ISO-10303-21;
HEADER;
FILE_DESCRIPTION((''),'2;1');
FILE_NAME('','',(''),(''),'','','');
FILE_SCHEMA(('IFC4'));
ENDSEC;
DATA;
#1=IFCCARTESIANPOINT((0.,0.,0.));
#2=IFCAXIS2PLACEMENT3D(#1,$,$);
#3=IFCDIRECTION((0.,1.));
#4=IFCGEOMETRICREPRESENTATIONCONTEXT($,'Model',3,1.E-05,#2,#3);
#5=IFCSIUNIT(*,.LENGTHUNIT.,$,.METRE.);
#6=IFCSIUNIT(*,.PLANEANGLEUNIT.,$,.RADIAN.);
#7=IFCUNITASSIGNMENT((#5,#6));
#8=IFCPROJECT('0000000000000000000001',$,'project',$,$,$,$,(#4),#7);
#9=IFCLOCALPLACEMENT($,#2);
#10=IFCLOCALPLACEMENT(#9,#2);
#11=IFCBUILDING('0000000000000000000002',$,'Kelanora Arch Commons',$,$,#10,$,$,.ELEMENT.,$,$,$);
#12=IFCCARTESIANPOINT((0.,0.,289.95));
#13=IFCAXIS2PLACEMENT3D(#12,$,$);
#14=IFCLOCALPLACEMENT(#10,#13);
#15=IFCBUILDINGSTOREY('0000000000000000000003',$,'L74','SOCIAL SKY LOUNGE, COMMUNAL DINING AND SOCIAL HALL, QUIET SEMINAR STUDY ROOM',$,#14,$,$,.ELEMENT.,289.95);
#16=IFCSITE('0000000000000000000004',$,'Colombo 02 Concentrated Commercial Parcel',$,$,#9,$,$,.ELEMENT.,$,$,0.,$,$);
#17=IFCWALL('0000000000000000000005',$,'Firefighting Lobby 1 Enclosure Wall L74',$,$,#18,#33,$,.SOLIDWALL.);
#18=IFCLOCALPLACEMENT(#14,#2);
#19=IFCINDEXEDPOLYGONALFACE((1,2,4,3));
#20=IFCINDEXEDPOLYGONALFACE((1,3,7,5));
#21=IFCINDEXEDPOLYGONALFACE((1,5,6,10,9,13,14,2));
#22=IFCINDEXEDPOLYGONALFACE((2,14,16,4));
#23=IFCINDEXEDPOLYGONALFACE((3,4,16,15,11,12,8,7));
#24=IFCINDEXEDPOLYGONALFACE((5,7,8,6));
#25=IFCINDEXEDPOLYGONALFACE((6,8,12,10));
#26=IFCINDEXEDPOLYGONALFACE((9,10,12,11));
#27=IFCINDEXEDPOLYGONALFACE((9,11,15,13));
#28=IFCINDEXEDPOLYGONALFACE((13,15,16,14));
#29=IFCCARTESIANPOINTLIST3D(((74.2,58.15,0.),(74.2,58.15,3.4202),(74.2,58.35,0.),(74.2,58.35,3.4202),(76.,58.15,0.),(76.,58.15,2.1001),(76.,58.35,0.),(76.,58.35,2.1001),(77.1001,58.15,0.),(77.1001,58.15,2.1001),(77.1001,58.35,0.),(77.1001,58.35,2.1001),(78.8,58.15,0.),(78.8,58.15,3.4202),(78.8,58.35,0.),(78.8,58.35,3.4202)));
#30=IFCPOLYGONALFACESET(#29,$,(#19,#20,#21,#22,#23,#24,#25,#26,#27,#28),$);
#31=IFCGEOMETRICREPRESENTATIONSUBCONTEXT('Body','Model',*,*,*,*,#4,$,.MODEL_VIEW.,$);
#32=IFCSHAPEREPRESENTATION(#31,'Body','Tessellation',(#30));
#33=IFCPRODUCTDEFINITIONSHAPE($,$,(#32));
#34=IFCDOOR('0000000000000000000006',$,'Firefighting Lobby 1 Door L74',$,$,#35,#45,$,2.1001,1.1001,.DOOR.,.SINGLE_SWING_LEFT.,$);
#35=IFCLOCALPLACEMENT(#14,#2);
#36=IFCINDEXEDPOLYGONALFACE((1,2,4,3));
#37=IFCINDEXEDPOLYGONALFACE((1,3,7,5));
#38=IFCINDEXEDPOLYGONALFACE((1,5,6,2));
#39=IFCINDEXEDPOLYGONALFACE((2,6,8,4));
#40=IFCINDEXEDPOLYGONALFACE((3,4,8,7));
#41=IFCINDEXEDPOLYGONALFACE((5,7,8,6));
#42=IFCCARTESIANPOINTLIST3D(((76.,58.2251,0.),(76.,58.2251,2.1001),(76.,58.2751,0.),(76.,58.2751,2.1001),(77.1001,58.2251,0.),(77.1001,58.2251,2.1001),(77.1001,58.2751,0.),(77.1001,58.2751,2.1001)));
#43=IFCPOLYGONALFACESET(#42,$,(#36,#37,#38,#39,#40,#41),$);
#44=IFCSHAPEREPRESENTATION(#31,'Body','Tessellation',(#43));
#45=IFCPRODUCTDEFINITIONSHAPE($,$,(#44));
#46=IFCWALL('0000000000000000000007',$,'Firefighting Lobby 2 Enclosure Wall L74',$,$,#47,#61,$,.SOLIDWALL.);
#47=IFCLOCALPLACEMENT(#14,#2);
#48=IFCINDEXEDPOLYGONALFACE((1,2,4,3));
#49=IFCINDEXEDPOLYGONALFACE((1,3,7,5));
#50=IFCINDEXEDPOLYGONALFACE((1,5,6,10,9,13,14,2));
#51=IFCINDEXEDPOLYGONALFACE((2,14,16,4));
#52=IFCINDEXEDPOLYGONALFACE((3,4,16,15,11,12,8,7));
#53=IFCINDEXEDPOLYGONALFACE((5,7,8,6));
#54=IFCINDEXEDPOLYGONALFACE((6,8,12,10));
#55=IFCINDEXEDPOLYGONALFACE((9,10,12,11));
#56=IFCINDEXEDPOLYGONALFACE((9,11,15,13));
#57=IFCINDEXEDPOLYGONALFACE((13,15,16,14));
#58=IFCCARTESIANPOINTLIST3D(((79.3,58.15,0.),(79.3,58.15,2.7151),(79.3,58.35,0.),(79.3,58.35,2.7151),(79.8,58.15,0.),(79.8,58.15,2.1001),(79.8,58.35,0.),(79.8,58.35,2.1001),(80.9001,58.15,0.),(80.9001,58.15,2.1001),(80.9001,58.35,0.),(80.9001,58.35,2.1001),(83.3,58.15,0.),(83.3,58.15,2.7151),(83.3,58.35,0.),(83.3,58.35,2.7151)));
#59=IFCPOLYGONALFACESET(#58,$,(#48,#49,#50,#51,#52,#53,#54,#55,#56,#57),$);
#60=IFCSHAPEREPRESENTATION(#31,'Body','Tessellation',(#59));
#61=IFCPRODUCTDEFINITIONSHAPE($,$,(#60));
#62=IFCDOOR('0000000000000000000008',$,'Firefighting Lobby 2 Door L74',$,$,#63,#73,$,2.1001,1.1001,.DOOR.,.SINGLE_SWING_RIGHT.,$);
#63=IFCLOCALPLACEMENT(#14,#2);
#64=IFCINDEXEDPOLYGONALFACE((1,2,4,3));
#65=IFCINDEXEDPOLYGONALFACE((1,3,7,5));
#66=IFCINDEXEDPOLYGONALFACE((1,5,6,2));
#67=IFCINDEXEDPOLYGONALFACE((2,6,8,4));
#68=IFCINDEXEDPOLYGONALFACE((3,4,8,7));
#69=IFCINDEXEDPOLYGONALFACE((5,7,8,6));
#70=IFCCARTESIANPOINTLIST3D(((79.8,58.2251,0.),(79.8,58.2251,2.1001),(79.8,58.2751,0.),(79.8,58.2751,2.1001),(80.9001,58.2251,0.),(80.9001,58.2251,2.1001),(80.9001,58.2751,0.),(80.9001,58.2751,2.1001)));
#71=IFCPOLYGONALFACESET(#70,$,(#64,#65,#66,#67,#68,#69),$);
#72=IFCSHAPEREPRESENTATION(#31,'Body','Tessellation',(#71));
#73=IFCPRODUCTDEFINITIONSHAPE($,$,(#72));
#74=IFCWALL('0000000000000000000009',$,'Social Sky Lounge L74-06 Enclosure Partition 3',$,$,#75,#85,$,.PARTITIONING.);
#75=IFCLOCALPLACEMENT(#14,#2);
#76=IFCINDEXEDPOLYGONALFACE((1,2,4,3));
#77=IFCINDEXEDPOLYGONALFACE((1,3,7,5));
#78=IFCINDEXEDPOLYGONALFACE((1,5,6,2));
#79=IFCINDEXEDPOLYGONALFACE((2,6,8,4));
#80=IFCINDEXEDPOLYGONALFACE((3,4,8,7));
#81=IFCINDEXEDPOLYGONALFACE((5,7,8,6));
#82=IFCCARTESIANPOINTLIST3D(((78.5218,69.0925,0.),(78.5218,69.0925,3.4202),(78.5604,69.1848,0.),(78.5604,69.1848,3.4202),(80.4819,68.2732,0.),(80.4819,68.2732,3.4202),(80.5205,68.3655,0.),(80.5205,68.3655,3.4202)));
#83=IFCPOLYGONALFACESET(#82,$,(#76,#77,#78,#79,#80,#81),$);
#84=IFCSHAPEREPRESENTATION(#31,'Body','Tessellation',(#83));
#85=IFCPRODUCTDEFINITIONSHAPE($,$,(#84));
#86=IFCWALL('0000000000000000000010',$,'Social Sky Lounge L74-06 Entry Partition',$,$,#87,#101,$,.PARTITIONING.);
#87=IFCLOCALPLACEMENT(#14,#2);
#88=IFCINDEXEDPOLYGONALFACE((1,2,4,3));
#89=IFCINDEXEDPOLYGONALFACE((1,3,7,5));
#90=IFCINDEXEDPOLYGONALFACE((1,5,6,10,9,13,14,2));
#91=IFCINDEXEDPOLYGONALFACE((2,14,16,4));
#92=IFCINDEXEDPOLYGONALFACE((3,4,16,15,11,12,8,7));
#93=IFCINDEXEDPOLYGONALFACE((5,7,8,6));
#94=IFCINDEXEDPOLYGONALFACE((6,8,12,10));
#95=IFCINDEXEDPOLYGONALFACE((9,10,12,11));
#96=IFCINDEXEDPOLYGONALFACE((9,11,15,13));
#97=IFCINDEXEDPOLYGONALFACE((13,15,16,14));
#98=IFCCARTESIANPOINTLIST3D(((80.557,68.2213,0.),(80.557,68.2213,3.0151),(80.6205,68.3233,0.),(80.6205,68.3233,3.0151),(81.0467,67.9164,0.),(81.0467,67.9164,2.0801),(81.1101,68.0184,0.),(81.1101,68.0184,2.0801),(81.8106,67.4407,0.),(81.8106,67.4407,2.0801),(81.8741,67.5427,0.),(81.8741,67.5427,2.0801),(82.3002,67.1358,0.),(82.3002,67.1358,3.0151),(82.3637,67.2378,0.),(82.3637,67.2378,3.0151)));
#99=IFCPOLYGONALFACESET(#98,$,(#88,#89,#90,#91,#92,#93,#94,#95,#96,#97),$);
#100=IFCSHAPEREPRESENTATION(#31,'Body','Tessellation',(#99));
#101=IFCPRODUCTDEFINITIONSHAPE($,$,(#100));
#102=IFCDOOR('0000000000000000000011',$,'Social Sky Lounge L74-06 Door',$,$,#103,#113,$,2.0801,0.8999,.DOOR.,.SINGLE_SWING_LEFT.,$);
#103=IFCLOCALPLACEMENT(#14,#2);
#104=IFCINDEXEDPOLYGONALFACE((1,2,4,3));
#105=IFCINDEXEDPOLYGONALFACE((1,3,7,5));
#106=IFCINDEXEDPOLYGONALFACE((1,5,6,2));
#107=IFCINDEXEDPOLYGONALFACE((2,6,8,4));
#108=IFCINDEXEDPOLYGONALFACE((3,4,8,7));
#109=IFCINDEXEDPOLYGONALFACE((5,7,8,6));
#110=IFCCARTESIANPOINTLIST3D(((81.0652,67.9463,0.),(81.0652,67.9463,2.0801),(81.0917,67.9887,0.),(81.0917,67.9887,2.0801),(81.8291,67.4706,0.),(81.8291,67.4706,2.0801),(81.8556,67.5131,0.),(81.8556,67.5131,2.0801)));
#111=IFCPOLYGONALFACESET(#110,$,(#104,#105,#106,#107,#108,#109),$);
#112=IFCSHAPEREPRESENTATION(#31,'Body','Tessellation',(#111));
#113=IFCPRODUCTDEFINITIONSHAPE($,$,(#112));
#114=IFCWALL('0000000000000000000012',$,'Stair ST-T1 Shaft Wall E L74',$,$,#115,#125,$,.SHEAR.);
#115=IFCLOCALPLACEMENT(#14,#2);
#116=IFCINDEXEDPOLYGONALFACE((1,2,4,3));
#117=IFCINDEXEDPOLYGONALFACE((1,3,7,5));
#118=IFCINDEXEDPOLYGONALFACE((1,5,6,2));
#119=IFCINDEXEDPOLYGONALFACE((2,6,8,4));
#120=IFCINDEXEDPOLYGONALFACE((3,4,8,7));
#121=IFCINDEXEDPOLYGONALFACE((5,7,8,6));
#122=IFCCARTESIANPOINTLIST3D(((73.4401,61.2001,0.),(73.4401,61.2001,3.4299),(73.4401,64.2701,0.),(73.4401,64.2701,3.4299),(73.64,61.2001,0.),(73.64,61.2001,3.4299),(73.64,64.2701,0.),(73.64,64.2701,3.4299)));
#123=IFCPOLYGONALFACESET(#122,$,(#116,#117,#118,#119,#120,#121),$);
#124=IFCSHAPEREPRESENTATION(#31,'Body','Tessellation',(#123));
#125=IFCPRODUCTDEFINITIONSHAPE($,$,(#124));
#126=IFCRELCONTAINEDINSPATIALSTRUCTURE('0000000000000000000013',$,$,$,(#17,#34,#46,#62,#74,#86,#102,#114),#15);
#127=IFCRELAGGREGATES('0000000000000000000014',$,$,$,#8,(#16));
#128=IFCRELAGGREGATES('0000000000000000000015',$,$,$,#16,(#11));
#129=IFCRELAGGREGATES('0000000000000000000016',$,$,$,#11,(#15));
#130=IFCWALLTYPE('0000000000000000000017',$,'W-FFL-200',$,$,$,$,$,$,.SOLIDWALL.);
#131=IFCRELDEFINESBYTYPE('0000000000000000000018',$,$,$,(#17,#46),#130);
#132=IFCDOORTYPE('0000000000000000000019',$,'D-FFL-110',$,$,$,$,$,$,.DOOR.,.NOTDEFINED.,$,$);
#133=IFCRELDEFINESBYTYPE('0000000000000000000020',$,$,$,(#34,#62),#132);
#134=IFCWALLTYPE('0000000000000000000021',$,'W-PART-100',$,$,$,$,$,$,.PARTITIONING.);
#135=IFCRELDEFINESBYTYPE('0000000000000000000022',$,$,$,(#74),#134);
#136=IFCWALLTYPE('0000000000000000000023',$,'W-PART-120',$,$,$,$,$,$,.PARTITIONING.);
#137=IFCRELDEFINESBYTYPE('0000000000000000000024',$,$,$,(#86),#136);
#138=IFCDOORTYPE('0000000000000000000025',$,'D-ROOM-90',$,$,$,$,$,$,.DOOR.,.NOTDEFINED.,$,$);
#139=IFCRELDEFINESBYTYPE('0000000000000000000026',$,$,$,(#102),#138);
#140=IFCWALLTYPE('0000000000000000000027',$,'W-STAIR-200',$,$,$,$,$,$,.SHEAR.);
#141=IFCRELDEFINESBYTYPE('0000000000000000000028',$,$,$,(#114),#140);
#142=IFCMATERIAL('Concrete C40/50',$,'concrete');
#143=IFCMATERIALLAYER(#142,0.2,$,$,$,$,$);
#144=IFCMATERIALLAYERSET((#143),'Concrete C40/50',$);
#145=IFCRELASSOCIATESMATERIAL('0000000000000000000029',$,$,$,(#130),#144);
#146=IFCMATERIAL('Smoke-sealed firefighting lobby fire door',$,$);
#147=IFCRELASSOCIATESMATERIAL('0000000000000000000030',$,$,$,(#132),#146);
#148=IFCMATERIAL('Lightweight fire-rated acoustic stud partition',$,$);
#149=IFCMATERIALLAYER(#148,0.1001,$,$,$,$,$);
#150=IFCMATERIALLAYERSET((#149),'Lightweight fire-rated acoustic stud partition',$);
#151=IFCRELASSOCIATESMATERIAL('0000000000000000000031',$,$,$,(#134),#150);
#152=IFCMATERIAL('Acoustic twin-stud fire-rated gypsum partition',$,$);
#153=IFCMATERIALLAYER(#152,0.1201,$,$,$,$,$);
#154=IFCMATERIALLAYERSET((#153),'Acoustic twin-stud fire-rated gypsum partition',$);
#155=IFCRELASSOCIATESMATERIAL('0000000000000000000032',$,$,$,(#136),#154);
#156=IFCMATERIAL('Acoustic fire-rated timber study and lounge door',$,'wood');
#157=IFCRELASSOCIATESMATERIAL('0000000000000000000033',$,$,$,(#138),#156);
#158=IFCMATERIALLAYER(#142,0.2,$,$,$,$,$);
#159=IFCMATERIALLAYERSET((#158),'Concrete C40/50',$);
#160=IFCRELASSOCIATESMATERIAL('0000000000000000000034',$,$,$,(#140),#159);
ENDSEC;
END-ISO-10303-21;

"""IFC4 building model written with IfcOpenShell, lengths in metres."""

from ifc_helpers import new_model, si_unit, direction, frame, frame_2d, origin, place, context, subcontext, project, spatial, rectangle, extrude, material, layer, layer_set, type_object, element, fill, save


model = new_model("IFC4")

# Units and contexts
model_context = context("Model", 3, precision=1e-05, world=origin(), true_north=direction((0.0, 1.0)))
body_context = subcontext(model_context, "Body", "Model", "MODEL_VIEW")
ifc_project = project(units=[si_unit("LENGTHUNIT", "METRE"), si_unit("PLANEANGLEUNIT", "RADIAN")], contexts=[model_context])

# Site, building, storey
site_placement = place(None, origin())
site = spatial("IfcSite", under=ifc_project, at=site_placement, Name="Colombo 02 Concentrated Commercial Parcel", CompositionType="ELEMENT", RefElevation=0.0)
building_placement = place(site_placement, origin())
building = spatial("IfcBuilding", under=site, at=building_placement, Name="Kelanora Arch Commons", CompositionType="ELEMENT")
storey_placement = place(building_placement, frame((0.0, 0.0, 289.95)))
storey = spatial("IfcBuildingStorey", under=building, at=storey_placement, Name="L74", Description="SOCIAL SKY LOUNGE, COMMUNAL DINING AND SOCIAL HALL, QUIET SEMINAR STUDY ROOM", CompositionType="ELEMENT", Elevation=289.95)

# Walls, openings, doors
ifc_material_1 = material(Name="Concrete C40/50", Category="concrete")
ifc_layer_1 = layer(ifc_material_1, 0.2)
ifc_layer_set_1 = layer_set([ifc_layer_1], Name="Concrete C40/50")
wall_type_1 = type_object("IfcWallType", Name="W-FFL-200", PredefinedType="SOLIDWALL", material=ifc_layer_set_1)
wall_1_placement = place(storey_placement, frame((74.2, 58.25, 0.0), z_axis=(0.0, 0.0, 1.0), x_axis=(1.0, 0.0, 0.0)))
wall_1 = element("IfcWall", 1, at=wall_1_placement, inside=storey, type_object=wall_type_1, Name="Firefighting Lobby 1 Enclosure Wall L74", PredefinedType="SOLIDWALL", context=body_context, shape_type="SweptSolid", body=[
    extrude(rectangle(XDim=4.6001, YDim=0.2, at=frame_2d((2.3, 0.0))), origin(), (0.0, 0.0, 1.0), 3.4202),
])
opening_1_placement = place(wall_1_placement, frame((1.8, 0.0, 0.0)))
opening_1 = element("IfcOpeningElement", 2, at=opening_1_placement, cuts=wall_1, PredefinedType="OPENING", context=body_context, shape_type="SweptSolid", body=[
    extrude(rectangle(XDim=1.1001, YDim=2.1001, at=frame_2d((0.55, 1.05))), frame((0.0, 0.1099, 0.0), z_axis=(0.0, -1.0, 0.0), x_axis=(1.0, 0.0, 0.0)), (0.0, 0.0, 1.0), 0.22),
])
ifc_material_2 = material(Name="Smoke-sealed firefighting lobby fire door")
door_type_1 = type_object("IfcDoorType", Name="D-FFL-110", OperationType="NOTDEFINED", PredefinedType="DOOR", material=ifc_material_2)
door_1_placement = place(opening_1_placement, frame((1.1001, 0.0, 0.0), z_axis=(0.0, 0.0, 1.0), x_axis=(-1.0, 0.0, 0.0)))
door_1 = element("IfcDoor", 3, at=door_1_placement, inside=storey, type_object=door_type_1, Name="Firefighting Lobby 1 Door L74", OperationType="SINGLE_SWING_LEFT", OverallHeight=2.1001, OverallWidth=1.1001, PredefinedType="DOOR", context=body_context, shape_type="SweptSolid", body=[
    extrude(rectangle(XDim=1.1001, YDim=2.1001, at=frame_2d((0.55, 1.05))), frame((0.0, 0.0249, 0.0), z_axis=(0.0, -1.0, 0.0), x_axis=(1.0, 0.0, 0.0)), (0.0, 0.0, 1.0), 0.05),
])
fill(opening_1, door_1)
wall_2_placement = place(storey_placement, frame((79.3, 58.25, 0.0), z_axis=(0.0, 0.0, 1.0), x_axis=(1.0, 0.0, 0.0)))
wall_2 = element("IfcWall", 4, at=wall_2_placement, inside=storey, type_object=wall_type_1, Name="Firefighting Lobby 2 Enclosure Wall L74", PredefinedType="SOLIDWALL", context=body_context, shape_type="SweptSolid", body=[
    extrude(rectangle(XDim=4.0, YDim=0.2, at=frame_2d((2.0, 0.0))), origin(), (0.0, 0.0, 1.0), 2.7151),
])
opening_2_placement = place(wall_2_placement, frame((0.5, 0.0, 0.0)))
opening_2 = element("IfcOpeningElement", 5, at=opening_2_placement, cuts=wall_2, PredefinedType="OPENING", context=body_context, shape_type="SweptSolid", body=[
    extrude(rectangle(XDim=1.1001, YDim=2.1001, at=frame_2d((0.55, 1.05))), frame((0.0, 0.1099, 0.0), z_axis=(0.0, -1.0, 0.0), x_axis=(1.0, 0.0, 0.0)), (0.0, 0.0, 1.0), 0.22),
])
door_2_placement = place(opening_2_placement, frame((1.1001, 0.0, 0.0), z_axis=(0.0, 0.0, 1.0), x_axis=(-1.0, 0.0, 0.0)))
door_2 = element("IfcDoor", 6, at=door_2_placement, inside=storey, type_object=door_type_1, Name="Firefighting Lobby 2 Door L74", OperationType="SINGLE_SWING_RIGHT", OverallHeight=2.1001, OverallWidth=1.1001, PredefinedType="DOOR", context=body_context, shape_type="SweptSolid", body=[
    extrude(rectangle(XDim=1.1001, YDim=2.1001, at=frame_2d((0.55, 1.05))), frame((0.0, 0.0249, 0.0), z_axis=(0.0, -1.0, 0.0), x_axis=(1.0, 0.0, 0.0)), (0.0, 0.0, 1.0), 0.05),
])
fill(opening_2, door_2)

# Wall
ifc_material_3 = material(Name="Lightweight fire-rated acoustic stud partition")
ifc_layer_2 = layer(ifc_material_3, 0.1001)
ifc_layer_set_2 = layer_set([ifc_layer_2], Name="Lightweight fire-rated acoustic stud partition")
wall_type_2 = type_object("IfcWallType", Name="W-PART-100", PredefinedType="PARTITIONING", material=ifc_layer_set_2)
wall_3_placement = place(storey_placement, frame((80.5012, 68.3193, 0.0), z_axis=(0.0, 0.0, 1.0), x_axis=(-0.922645, 0.385651, 0.0)))
element("IfcWall", 7, at=wall_3_placement, inside=storey, type_object=wall_type_2, Name="Social Sky Lounge L74-06 Enclosure Partition 3", PredefinedType="PARTITIONING", context=body_context, shape_type="SweptSolid", body=[
    extrude(rectangle(XDim=2.1245, YDim=0.1001, at=frame_2d((1.0623, 0.0))), origin(), (0.0, 0.0, 1.0), 3.4202),
])

# Wall, opening, door
ifc_material_4 = material(Name="Acoustic twin-stud fire-rated gypsum partition")
ifc_layer_3 = layer(ifc_material_4, 0.1201)
ifc_layer_set_3 = layer_set([ifc_layer_3], Name="Acoustic twin-stud fire-rated gypsum partition")
wall_type_3 = type_object("IfcWallType", Name="W-PART-120", PredefinedType="PARTITIONING", material=ifc_layer_set_3)
wall_4_placement = place(storey_placement, frame((82.332, 67.1868, 0.0), z_axis=(0.0, 0.0, 1.0), x_axis=(-0.848879, 0.528588, 0.0)))
wall_4 = element("IfcWall", 8, at=wall_4_placement, inside=storey, type_object=wall_type_3, Name="Social Sky Lounge L74-06 Entry Partition", PredefinedType="PARTITIONING", context=body_context, shape_type="SweptSolid", body=[
    extrude(rectangle(XDim=2.0535, YDim=0.1201, at=frame_2d((1.0269, 0.0))), origin(), (0.0, 0.0, 1.0), 3.0151),
])
opening_3_placement = place(wall_4_placement, frame((0.5769, 0.0, 0.0)))
opening_3 = element("IfcOpeningElement", 9, at=opening_3_placement, cuts=wall_4, PredefinedType="OPENING", context=body_context, shape_type="SweptSolid", body=[
    extrude(rectangle(XDim=0.8999, YDim=2.0801, at=frame_2d((0.45, 1.04))), frame((0.0, 0.0701, 0.0), z_axis=(0.0, -1.0, 0.0), x_axis=(1.0, 0.0, 0.0)), (0.0, 0.0, 1.0), 0.1401),
])
ifc_material_5 = material(Name="Acoustic fire-rated timber study and lounge door", Category="wood")
door_type_2 = type_object("IfcDoorType", Name="D-ROOM-90", OperationType="NOTDEFINED", PredefinedType="DOOR", material=ifc_material_5)
door_3_placement = place(opening_3_placement, origin())
door_3 = element("IfcDoor", 10, at=door_3_placement, inside=storey, type_object=door_type_2, Name="Social Sky Lounge L74-06 Door", OperationType="SINGLE_SWING_LEFT", OverallHeight=2.0801, OverallWidth=0.8999, PredefinedType="DOOR", context=body_context, shape_type="SweptSolid", body=[
    extrude(rectangle(XDim=0.8999, YDim=2.0801, at=frame_2d((0.45, 1.04))), frame((0.0, 0.0249, 0.0), z_axis=(0.0, -1.0, 0.0), x_axis=(1.0, 0.0, 0.0)), (0.0, 0.0, 1.0), 0.05),
])
fill(opening_3, door_3)

# Wall
ifc_layer_4 = layer(ifc_material_1, 0.2)
ifc_layer_set_4 = layer_set([ifc_layer_4], Name="Concrete C40/50")
wall_type_4 = type_object("IfcWallType", Name="W-STAIR-200", PredefinedType="SHEAR", material=ifc_layer_set_4)
wall_5_placement = place(storey_placement, frame((73.54, 61.2, 0.0), z_axis=(0.0, 0.0, 1.0), x_axis=(0.0, 1.0, 0.0)))
element("IfcWall", 11, at=wall_5_placement, inside=storey, type_object=wall_type_4, Name="Stair ST-T1 Shaft Wall E L74", PredefinedType="SHEAR", context=body_context, shape_type="SweptSolid", body=[
    extrude(rectangle(XDim=3.0701, YDim=0.2, at=frame_2d((1.5352, 0.0))), origin(), (0.0, 0.0, 1.0), 3.4299),
])

save(model, "model.ifc")
